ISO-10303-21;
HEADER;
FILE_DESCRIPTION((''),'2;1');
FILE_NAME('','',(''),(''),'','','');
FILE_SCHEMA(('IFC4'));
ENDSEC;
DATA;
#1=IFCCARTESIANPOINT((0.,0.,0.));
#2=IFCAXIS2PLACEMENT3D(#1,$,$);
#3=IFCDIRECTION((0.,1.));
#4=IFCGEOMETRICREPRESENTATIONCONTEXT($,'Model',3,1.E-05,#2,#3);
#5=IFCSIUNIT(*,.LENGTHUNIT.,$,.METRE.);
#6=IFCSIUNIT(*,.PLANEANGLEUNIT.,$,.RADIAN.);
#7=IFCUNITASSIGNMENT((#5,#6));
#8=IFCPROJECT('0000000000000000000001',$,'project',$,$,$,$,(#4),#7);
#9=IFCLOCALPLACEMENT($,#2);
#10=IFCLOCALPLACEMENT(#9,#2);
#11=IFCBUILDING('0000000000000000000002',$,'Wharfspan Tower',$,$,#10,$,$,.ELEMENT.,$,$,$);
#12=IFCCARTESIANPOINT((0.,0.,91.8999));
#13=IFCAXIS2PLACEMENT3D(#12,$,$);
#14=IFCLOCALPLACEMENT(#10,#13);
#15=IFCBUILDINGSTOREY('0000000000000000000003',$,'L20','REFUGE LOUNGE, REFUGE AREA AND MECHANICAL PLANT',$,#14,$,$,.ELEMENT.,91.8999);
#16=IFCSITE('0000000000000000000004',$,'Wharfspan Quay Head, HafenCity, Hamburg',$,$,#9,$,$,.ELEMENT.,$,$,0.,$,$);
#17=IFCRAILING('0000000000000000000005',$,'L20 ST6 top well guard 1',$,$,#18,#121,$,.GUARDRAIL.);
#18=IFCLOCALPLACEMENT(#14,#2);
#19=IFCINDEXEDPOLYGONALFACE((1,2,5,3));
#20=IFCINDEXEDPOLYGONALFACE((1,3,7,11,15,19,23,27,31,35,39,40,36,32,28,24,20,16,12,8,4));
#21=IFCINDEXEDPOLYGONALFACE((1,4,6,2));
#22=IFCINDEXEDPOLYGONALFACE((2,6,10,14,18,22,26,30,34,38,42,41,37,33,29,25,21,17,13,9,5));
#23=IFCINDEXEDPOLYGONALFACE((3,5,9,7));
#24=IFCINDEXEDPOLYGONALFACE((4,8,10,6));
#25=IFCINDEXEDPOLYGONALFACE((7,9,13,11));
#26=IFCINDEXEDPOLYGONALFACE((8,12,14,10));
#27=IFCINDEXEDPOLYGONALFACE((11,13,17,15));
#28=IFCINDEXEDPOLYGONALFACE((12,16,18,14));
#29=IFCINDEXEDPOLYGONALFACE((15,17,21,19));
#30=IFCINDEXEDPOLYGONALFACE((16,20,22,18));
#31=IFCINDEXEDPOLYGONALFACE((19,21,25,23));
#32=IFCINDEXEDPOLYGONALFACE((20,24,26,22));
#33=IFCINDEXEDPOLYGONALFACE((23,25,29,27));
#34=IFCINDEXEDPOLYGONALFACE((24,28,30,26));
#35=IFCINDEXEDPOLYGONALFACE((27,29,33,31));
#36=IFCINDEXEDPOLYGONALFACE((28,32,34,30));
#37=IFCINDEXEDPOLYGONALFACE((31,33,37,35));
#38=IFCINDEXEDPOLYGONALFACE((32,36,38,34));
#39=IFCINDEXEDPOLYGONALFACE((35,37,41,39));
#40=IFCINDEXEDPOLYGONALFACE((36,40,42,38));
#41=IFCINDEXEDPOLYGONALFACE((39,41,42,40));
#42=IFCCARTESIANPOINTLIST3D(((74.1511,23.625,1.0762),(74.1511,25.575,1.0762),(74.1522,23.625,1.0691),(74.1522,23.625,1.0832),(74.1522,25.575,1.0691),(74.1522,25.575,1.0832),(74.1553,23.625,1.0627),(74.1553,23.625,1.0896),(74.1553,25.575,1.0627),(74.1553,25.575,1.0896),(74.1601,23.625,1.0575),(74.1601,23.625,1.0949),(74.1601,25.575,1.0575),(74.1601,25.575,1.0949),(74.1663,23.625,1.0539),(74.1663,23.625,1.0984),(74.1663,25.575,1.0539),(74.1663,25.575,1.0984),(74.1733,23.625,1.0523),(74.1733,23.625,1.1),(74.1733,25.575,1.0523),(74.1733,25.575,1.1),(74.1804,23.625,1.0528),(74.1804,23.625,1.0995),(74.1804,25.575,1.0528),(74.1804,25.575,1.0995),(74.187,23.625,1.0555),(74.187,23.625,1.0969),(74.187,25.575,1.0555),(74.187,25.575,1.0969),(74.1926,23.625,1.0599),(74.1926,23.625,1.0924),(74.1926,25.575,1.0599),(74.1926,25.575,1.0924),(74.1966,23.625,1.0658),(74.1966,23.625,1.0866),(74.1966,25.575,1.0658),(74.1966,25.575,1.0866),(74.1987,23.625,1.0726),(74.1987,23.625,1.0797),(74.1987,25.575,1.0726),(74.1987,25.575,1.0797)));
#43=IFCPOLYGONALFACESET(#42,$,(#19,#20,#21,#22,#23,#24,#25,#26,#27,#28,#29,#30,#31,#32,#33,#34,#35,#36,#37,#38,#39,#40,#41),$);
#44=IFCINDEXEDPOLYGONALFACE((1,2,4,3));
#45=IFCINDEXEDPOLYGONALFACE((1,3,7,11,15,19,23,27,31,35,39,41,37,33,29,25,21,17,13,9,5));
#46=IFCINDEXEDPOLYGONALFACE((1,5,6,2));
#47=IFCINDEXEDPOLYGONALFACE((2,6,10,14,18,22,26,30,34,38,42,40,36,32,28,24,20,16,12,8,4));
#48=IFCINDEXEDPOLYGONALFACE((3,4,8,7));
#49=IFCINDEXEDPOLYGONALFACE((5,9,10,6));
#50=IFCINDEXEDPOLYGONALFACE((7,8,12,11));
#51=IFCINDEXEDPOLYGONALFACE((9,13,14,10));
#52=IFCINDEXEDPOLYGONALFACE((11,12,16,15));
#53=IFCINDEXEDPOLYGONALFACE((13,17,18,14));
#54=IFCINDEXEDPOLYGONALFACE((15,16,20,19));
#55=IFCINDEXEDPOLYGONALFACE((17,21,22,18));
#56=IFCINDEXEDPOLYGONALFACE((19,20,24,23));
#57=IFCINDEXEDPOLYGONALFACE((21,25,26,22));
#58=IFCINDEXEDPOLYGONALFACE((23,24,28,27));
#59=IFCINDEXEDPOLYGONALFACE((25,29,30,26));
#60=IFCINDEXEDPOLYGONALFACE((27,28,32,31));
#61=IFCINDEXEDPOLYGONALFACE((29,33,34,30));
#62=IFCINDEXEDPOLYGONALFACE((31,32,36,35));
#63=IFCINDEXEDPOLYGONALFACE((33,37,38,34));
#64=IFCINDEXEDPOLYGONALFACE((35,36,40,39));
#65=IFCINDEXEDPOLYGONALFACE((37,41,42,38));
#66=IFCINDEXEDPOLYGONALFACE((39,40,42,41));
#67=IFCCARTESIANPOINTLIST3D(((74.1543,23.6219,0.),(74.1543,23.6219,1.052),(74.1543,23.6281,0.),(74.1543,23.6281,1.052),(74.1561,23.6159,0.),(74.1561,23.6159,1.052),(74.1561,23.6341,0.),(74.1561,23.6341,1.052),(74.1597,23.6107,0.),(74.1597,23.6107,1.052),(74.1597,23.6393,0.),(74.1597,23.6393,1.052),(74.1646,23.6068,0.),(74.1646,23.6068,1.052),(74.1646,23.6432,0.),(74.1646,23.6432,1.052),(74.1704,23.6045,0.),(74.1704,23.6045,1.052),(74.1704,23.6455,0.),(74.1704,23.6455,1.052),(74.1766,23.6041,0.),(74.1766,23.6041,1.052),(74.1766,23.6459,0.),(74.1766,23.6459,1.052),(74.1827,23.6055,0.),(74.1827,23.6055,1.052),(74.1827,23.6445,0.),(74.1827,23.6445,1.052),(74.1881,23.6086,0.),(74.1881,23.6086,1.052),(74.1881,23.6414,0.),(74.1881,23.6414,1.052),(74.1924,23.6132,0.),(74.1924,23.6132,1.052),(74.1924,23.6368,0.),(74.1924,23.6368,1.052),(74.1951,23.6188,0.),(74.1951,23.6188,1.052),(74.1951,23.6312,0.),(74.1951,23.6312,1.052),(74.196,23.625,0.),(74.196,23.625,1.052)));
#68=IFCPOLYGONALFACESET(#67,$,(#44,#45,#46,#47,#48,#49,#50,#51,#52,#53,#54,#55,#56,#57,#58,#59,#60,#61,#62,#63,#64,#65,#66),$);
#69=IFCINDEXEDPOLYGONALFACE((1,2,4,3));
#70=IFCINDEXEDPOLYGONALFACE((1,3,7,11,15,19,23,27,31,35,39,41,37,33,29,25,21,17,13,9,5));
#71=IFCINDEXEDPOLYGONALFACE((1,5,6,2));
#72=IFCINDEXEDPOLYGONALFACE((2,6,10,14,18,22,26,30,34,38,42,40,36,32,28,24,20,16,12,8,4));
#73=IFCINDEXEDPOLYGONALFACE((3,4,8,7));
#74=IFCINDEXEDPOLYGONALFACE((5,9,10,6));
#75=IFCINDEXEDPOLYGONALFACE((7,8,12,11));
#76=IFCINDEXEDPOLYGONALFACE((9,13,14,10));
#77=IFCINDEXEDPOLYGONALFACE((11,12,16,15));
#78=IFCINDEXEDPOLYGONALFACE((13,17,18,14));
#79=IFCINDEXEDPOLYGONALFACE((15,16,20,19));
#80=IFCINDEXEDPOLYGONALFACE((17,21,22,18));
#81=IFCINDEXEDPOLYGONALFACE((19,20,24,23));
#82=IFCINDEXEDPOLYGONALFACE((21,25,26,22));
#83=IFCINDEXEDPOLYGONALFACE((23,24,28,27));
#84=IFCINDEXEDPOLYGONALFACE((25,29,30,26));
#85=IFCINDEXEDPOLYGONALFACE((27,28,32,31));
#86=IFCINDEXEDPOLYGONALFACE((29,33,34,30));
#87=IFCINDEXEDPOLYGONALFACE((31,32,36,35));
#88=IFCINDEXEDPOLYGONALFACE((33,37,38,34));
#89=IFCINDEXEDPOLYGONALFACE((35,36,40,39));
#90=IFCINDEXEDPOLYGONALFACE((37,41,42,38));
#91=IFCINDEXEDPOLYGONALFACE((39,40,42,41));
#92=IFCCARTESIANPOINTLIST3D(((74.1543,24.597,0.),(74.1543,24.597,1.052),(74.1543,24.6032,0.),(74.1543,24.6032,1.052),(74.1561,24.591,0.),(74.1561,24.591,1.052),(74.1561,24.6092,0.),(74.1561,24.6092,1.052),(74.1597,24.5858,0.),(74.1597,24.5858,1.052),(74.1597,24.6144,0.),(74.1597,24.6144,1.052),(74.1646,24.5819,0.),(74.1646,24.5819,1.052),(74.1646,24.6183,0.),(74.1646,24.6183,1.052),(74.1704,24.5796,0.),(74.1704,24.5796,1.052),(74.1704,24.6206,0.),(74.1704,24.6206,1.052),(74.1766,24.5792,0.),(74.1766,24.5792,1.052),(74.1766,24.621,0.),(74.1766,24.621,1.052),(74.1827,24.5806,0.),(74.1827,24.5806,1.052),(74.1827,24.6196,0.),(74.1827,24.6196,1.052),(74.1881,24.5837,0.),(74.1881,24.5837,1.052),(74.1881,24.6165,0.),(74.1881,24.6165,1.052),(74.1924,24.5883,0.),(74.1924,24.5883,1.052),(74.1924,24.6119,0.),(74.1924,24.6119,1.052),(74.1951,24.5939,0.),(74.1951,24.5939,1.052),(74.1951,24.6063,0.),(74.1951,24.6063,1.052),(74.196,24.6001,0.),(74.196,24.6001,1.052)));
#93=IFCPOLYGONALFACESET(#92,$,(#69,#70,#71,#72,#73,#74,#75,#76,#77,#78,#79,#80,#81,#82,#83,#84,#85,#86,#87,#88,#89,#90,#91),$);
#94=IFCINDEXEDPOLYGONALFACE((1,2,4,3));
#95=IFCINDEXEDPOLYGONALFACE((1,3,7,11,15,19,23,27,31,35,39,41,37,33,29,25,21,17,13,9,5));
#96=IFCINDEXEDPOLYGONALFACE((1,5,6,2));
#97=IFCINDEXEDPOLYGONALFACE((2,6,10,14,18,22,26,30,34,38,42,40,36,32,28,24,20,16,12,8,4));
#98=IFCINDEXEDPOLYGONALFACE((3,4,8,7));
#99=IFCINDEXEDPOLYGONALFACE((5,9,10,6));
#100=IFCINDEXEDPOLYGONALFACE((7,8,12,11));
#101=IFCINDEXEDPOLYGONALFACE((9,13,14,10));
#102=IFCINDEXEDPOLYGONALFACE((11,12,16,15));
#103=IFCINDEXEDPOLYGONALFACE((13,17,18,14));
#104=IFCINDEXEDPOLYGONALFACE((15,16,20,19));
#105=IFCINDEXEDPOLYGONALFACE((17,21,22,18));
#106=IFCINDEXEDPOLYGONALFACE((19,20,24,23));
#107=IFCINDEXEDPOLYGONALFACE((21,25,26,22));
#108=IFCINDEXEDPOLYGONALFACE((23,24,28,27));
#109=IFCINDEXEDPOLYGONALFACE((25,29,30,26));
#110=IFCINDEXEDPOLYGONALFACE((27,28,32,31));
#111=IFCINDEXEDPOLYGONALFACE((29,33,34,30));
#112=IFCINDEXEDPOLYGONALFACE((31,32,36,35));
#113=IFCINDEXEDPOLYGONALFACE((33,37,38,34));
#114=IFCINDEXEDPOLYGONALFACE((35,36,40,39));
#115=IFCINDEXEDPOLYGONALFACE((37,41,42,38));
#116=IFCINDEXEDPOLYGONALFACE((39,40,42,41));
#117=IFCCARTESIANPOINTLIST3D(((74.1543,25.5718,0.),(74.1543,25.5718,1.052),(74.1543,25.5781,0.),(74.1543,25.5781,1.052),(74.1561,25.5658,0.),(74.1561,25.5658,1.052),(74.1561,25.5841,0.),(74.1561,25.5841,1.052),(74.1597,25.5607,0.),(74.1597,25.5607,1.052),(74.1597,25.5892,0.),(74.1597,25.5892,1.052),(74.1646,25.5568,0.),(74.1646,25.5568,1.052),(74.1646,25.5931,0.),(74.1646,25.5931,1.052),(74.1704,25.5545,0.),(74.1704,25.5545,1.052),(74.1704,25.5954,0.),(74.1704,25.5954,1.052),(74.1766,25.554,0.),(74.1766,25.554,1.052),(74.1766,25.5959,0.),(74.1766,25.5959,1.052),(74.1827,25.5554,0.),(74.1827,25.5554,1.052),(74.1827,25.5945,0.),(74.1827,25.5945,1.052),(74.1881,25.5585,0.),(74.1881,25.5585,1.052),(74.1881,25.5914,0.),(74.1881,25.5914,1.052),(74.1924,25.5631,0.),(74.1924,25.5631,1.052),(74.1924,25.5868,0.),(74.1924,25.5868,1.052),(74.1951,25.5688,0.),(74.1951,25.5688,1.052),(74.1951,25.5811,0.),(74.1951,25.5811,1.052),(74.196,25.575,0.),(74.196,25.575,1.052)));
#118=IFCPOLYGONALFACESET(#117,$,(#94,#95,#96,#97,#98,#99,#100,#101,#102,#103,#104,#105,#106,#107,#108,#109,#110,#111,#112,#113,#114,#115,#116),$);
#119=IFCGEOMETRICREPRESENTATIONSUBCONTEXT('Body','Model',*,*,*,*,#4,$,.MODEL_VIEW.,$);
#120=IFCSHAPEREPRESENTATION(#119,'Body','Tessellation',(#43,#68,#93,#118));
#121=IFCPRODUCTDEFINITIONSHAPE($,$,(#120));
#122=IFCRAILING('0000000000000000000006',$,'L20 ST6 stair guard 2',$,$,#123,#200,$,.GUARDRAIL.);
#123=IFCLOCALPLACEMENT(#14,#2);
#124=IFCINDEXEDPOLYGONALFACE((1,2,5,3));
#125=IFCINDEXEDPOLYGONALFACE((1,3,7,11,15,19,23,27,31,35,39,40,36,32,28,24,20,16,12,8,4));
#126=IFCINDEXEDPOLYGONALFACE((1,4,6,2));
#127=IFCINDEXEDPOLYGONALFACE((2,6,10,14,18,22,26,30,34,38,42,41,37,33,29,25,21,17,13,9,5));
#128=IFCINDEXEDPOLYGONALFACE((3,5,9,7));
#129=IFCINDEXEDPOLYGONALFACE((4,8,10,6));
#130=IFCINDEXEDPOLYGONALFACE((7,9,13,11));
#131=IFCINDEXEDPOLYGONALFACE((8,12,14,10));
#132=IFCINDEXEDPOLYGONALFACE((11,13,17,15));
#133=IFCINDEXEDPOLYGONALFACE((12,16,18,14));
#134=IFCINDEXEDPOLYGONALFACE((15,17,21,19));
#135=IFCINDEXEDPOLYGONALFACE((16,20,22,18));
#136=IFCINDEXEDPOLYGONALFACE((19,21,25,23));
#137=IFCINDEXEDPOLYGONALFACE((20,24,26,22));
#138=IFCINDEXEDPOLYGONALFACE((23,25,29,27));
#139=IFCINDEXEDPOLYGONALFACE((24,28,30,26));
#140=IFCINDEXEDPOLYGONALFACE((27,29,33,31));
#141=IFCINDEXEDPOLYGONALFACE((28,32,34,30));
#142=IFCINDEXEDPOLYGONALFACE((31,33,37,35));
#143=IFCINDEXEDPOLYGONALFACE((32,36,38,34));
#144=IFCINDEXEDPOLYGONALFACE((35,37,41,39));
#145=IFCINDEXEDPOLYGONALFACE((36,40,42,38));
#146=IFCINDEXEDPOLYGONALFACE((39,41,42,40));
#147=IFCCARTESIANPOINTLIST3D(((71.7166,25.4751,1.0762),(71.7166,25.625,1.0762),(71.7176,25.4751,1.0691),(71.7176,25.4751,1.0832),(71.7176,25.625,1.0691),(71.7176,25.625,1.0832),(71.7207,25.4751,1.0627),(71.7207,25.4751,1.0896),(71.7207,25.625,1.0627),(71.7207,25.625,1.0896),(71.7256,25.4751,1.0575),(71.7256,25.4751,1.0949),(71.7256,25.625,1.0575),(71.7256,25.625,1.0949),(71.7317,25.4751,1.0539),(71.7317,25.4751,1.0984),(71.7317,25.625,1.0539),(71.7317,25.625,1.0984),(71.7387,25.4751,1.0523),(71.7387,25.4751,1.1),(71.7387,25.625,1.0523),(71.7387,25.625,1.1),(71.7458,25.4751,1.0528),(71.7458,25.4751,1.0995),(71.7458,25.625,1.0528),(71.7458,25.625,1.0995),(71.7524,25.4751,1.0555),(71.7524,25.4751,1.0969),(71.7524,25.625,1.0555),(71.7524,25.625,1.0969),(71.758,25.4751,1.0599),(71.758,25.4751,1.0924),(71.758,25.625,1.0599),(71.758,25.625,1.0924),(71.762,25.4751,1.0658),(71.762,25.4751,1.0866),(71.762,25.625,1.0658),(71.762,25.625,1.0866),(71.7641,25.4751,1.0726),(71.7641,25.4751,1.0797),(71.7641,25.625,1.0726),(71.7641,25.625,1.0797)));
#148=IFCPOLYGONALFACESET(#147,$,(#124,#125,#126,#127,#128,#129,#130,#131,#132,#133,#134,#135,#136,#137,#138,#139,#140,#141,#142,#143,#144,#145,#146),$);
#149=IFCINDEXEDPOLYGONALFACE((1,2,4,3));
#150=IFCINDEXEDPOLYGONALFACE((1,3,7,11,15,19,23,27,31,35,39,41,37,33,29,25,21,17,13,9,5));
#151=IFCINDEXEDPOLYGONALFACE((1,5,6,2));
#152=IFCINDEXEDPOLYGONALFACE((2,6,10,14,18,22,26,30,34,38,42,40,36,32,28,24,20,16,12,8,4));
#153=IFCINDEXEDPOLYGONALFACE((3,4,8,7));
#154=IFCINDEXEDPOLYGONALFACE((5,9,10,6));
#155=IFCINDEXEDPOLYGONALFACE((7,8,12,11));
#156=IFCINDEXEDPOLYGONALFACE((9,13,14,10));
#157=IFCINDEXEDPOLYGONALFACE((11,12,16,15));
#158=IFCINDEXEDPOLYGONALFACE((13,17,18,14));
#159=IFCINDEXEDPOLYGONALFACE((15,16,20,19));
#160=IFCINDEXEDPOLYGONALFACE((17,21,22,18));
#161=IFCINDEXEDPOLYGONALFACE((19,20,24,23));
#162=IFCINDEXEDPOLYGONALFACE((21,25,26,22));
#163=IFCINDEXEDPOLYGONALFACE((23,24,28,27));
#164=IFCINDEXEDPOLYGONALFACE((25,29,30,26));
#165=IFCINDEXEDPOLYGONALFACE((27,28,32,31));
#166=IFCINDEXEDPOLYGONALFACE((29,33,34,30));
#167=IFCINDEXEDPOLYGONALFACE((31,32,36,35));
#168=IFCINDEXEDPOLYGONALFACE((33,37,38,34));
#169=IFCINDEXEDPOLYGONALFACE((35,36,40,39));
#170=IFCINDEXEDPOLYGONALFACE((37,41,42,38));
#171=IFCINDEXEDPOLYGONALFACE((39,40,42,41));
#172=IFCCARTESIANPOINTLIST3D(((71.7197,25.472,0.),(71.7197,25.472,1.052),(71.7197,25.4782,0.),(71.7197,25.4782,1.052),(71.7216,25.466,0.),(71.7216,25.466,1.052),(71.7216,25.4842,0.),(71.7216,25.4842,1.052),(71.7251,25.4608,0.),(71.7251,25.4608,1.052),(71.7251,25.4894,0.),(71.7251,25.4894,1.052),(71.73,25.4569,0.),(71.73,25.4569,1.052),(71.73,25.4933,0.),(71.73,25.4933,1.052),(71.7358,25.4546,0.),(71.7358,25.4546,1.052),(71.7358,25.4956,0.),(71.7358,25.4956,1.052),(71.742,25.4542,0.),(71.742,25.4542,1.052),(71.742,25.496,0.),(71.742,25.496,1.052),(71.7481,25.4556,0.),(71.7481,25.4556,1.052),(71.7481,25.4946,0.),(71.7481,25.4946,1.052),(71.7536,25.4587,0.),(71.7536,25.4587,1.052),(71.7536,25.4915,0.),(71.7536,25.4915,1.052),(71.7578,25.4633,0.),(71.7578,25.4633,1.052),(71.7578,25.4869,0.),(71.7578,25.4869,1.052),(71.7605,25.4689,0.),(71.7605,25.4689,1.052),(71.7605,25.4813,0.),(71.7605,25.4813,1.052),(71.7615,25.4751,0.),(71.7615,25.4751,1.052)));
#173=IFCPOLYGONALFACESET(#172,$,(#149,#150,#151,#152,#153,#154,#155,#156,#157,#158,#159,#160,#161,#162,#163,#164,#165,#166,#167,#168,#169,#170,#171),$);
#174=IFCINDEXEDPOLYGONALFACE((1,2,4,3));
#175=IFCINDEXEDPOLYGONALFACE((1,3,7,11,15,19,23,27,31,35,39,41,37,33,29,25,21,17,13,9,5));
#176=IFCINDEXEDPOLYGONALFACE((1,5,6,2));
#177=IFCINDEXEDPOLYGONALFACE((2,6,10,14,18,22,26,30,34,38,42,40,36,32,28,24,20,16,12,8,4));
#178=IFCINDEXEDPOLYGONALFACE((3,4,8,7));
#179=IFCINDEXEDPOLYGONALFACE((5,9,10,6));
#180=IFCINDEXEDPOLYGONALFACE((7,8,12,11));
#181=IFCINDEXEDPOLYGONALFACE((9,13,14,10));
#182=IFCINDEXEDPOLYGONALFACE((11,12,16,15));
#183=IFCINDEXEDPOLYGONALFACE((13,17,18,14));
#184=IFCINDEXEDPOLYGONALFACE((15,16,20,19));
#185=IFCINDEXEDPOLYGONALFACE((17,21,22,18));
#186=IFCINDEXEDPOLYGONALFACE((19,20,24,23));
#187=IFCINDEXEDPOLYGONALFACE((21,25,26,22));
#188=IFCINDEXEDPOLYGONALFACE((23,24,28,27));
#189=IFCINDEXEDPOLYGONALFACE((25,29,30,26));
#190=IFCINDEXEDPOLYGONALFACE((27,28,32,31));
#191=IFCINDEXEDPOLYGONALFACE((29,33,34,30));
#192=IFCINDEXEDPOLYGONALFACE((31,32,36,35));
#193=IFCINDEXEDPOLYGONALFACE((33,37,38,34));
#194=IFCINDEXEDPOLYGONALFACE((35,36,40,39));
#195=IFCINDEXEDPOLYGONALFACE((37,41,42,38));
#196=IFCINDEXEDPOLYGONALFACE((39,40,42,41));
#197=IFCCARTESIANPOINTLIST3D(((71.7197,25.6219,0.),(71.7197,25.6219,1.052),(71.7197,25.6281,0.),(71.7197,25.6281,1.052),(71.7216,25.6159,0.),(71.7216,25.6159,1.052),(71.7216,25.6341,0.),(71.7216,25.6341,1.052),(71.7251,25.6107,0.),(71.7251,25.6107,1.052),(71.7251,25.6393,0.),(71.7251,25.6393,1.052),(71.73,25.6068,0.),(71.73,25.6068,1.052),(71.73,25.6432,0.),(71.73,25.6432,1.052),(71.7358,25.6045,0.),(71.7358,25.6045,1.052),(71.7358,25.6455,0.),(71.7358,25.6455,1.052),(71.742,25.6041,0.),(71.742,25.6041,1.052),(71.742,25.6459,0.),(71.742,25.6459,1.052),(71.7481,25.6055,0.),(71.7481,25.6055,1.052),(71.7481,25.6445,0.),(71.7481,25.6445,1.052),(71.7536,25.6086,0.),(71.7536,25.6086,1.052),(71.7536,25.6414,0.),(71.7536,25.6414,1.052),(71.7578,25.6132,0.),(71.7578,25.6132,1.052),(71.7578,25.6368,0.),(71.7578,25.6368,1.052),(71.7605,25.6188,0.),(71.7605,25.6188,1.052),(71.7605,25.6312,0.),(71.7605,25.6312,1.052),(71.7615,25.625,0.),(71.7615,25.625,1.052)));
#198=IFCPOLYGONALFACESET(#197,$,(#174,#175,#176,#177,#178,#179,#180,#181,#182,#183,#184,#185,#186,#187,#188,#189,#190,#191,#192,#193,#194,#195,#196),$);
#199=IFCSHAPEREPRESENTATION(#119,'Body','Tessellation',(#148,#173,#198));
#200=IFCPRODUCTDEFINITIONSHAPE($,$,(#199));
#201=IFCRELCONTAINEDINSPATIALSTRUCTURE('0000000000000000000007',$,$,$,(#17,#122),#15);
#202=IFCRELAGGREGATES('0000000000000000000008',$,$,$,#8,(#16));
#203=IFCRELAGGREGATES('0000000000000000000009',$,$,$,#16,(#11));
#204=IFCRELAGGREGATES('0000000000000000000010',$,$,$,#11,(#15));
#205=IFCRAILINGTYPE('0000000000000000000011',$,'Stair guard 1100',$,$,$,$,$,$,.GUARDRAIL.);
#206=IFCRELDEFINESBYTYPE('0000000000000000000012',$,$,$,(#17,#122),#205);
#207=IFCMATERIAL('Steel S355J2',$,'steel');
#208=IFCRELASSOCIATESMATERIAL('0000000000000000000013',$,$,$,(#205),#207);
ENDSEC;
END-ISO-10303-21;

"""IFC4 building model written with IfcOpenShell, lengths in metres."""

from ifc_helpers import new_model, si_unit, direction, frame, origin, origin_2d, place, context, subcontext, project, spatial, circle, extrude, material, type_object, element, save


model = new_model("IFC4")

# Units and contexts
model_context = context("Model", 3, precision=1e-05, world=origin(), true_north=direction((0.0, 1.0)))
body_context = subcontext(model_context, "Body", "Model", "MODEL_VIEW")
ifc_project = project(units=[si_unit("LENGTHUNIT", "METRE"), si_unit("PLANEANGLEUNIT", "RADIAN")], contexts=[model_context])

# Site, building, storey
site_placement = place(None, origin())
site = spatial("IfcSite", under=ifc_project, at=site_placement, Name="Wharfspan Quay Head, HafenCity, Hamburg", CompositionType="ELEMENT", RefElevation=0.0)
building_placement = place(site_placement, origin())
building = spatial("IfcBuilding", under=site, at=building_placement, Name="Wharfspan Tower", CompositionType="ELEMENT")
storey_placement = place(building_placement, frame((0.0, 0.0, 91.8999)))
storey = spatial("IfcBuildingStorey", under=building, at=storey_placement, Name="L20", Description="REFUGE LOUNGE, REFUGE AREA AND MECHANICAL PLANT", CompositionType="ELEMENT", Elevation=91.8999)

# Shared definitions
ifc_material_1 = material(Name="Steel S355J2", Category="steel")

# Railings
railing_type_1 = type_object("IfcRailingType", Name="Stair guard 1100", PredefinedType="GUARDRAIL", material=ifc_material_1)
railing_1_placement = place(storey_placement, frame((74.175, 23.625, 0.0)))
element("IfcRailing", 1, at=railing_1_placement, inside=storey, type_object=railing_type_1, Name="L20 ST6 top well guard 1", PredefinedType="GUARDRAIL", context=body_context, shape_type="SweptSolid", body=[
    extrude(circle(Radius=0.0239, at=origin_2d()), frame((0.0, 0.0, 1.0762), z_axis=(0.0, 1.0, 0.0), x_axis=(-1.0, 0.0, 0.0)), (0.0, 0.0, 1.0), 1.95),
    extrude(circle(Radius=0.021, at=origin_2d()), origin(), (0.0, 0.0, 1.0), 1.052),
    extrude(circle(Radius=0.021, at=origin_2d()), frame((0.0, 0.9751, 0.0)), (0.0, 0.0, 1.0), 1.052),
    extrude(circle(Radius=0.021, at=origin_2d()), frame((0.0, 1.95, 0.0)), (0.0, 0.0, 1.0), 1.052),
])
railing_2_placement = place(storey_placement, frame((71.7405, 25.4751, 0.0)))
element("IfcRailing", 2, at=railing_2_placement, inside=storey, type_object=railing_type_1, Name="L20 ST6 stair guard 2", PredefinedType="GUARDRAIL", context=body_context, shape_type="SweptSolid", body=[
    extrude(circle(Radius=0.0239, at=origin_2d()), frame((0.0, 0.0, 1.0762), z_axis=(0.0, 1.0, 0.0), x_axis=(-1.0, 0.0, 0.0)), (0.0, 0.0, 1.0), 0.1499),
    extrude(circle(Radius=0.021, at=origin_2d()), origin(), (0.0, 0.0, 1.0), 1.052),
    extrude(circle(Radius=0.021, at=origin_2d()), frame((0.0, 0.1499, 0.0)), (0.0, 0.0, 1.0), 1.052),
])

save(model, "model.ifc")
